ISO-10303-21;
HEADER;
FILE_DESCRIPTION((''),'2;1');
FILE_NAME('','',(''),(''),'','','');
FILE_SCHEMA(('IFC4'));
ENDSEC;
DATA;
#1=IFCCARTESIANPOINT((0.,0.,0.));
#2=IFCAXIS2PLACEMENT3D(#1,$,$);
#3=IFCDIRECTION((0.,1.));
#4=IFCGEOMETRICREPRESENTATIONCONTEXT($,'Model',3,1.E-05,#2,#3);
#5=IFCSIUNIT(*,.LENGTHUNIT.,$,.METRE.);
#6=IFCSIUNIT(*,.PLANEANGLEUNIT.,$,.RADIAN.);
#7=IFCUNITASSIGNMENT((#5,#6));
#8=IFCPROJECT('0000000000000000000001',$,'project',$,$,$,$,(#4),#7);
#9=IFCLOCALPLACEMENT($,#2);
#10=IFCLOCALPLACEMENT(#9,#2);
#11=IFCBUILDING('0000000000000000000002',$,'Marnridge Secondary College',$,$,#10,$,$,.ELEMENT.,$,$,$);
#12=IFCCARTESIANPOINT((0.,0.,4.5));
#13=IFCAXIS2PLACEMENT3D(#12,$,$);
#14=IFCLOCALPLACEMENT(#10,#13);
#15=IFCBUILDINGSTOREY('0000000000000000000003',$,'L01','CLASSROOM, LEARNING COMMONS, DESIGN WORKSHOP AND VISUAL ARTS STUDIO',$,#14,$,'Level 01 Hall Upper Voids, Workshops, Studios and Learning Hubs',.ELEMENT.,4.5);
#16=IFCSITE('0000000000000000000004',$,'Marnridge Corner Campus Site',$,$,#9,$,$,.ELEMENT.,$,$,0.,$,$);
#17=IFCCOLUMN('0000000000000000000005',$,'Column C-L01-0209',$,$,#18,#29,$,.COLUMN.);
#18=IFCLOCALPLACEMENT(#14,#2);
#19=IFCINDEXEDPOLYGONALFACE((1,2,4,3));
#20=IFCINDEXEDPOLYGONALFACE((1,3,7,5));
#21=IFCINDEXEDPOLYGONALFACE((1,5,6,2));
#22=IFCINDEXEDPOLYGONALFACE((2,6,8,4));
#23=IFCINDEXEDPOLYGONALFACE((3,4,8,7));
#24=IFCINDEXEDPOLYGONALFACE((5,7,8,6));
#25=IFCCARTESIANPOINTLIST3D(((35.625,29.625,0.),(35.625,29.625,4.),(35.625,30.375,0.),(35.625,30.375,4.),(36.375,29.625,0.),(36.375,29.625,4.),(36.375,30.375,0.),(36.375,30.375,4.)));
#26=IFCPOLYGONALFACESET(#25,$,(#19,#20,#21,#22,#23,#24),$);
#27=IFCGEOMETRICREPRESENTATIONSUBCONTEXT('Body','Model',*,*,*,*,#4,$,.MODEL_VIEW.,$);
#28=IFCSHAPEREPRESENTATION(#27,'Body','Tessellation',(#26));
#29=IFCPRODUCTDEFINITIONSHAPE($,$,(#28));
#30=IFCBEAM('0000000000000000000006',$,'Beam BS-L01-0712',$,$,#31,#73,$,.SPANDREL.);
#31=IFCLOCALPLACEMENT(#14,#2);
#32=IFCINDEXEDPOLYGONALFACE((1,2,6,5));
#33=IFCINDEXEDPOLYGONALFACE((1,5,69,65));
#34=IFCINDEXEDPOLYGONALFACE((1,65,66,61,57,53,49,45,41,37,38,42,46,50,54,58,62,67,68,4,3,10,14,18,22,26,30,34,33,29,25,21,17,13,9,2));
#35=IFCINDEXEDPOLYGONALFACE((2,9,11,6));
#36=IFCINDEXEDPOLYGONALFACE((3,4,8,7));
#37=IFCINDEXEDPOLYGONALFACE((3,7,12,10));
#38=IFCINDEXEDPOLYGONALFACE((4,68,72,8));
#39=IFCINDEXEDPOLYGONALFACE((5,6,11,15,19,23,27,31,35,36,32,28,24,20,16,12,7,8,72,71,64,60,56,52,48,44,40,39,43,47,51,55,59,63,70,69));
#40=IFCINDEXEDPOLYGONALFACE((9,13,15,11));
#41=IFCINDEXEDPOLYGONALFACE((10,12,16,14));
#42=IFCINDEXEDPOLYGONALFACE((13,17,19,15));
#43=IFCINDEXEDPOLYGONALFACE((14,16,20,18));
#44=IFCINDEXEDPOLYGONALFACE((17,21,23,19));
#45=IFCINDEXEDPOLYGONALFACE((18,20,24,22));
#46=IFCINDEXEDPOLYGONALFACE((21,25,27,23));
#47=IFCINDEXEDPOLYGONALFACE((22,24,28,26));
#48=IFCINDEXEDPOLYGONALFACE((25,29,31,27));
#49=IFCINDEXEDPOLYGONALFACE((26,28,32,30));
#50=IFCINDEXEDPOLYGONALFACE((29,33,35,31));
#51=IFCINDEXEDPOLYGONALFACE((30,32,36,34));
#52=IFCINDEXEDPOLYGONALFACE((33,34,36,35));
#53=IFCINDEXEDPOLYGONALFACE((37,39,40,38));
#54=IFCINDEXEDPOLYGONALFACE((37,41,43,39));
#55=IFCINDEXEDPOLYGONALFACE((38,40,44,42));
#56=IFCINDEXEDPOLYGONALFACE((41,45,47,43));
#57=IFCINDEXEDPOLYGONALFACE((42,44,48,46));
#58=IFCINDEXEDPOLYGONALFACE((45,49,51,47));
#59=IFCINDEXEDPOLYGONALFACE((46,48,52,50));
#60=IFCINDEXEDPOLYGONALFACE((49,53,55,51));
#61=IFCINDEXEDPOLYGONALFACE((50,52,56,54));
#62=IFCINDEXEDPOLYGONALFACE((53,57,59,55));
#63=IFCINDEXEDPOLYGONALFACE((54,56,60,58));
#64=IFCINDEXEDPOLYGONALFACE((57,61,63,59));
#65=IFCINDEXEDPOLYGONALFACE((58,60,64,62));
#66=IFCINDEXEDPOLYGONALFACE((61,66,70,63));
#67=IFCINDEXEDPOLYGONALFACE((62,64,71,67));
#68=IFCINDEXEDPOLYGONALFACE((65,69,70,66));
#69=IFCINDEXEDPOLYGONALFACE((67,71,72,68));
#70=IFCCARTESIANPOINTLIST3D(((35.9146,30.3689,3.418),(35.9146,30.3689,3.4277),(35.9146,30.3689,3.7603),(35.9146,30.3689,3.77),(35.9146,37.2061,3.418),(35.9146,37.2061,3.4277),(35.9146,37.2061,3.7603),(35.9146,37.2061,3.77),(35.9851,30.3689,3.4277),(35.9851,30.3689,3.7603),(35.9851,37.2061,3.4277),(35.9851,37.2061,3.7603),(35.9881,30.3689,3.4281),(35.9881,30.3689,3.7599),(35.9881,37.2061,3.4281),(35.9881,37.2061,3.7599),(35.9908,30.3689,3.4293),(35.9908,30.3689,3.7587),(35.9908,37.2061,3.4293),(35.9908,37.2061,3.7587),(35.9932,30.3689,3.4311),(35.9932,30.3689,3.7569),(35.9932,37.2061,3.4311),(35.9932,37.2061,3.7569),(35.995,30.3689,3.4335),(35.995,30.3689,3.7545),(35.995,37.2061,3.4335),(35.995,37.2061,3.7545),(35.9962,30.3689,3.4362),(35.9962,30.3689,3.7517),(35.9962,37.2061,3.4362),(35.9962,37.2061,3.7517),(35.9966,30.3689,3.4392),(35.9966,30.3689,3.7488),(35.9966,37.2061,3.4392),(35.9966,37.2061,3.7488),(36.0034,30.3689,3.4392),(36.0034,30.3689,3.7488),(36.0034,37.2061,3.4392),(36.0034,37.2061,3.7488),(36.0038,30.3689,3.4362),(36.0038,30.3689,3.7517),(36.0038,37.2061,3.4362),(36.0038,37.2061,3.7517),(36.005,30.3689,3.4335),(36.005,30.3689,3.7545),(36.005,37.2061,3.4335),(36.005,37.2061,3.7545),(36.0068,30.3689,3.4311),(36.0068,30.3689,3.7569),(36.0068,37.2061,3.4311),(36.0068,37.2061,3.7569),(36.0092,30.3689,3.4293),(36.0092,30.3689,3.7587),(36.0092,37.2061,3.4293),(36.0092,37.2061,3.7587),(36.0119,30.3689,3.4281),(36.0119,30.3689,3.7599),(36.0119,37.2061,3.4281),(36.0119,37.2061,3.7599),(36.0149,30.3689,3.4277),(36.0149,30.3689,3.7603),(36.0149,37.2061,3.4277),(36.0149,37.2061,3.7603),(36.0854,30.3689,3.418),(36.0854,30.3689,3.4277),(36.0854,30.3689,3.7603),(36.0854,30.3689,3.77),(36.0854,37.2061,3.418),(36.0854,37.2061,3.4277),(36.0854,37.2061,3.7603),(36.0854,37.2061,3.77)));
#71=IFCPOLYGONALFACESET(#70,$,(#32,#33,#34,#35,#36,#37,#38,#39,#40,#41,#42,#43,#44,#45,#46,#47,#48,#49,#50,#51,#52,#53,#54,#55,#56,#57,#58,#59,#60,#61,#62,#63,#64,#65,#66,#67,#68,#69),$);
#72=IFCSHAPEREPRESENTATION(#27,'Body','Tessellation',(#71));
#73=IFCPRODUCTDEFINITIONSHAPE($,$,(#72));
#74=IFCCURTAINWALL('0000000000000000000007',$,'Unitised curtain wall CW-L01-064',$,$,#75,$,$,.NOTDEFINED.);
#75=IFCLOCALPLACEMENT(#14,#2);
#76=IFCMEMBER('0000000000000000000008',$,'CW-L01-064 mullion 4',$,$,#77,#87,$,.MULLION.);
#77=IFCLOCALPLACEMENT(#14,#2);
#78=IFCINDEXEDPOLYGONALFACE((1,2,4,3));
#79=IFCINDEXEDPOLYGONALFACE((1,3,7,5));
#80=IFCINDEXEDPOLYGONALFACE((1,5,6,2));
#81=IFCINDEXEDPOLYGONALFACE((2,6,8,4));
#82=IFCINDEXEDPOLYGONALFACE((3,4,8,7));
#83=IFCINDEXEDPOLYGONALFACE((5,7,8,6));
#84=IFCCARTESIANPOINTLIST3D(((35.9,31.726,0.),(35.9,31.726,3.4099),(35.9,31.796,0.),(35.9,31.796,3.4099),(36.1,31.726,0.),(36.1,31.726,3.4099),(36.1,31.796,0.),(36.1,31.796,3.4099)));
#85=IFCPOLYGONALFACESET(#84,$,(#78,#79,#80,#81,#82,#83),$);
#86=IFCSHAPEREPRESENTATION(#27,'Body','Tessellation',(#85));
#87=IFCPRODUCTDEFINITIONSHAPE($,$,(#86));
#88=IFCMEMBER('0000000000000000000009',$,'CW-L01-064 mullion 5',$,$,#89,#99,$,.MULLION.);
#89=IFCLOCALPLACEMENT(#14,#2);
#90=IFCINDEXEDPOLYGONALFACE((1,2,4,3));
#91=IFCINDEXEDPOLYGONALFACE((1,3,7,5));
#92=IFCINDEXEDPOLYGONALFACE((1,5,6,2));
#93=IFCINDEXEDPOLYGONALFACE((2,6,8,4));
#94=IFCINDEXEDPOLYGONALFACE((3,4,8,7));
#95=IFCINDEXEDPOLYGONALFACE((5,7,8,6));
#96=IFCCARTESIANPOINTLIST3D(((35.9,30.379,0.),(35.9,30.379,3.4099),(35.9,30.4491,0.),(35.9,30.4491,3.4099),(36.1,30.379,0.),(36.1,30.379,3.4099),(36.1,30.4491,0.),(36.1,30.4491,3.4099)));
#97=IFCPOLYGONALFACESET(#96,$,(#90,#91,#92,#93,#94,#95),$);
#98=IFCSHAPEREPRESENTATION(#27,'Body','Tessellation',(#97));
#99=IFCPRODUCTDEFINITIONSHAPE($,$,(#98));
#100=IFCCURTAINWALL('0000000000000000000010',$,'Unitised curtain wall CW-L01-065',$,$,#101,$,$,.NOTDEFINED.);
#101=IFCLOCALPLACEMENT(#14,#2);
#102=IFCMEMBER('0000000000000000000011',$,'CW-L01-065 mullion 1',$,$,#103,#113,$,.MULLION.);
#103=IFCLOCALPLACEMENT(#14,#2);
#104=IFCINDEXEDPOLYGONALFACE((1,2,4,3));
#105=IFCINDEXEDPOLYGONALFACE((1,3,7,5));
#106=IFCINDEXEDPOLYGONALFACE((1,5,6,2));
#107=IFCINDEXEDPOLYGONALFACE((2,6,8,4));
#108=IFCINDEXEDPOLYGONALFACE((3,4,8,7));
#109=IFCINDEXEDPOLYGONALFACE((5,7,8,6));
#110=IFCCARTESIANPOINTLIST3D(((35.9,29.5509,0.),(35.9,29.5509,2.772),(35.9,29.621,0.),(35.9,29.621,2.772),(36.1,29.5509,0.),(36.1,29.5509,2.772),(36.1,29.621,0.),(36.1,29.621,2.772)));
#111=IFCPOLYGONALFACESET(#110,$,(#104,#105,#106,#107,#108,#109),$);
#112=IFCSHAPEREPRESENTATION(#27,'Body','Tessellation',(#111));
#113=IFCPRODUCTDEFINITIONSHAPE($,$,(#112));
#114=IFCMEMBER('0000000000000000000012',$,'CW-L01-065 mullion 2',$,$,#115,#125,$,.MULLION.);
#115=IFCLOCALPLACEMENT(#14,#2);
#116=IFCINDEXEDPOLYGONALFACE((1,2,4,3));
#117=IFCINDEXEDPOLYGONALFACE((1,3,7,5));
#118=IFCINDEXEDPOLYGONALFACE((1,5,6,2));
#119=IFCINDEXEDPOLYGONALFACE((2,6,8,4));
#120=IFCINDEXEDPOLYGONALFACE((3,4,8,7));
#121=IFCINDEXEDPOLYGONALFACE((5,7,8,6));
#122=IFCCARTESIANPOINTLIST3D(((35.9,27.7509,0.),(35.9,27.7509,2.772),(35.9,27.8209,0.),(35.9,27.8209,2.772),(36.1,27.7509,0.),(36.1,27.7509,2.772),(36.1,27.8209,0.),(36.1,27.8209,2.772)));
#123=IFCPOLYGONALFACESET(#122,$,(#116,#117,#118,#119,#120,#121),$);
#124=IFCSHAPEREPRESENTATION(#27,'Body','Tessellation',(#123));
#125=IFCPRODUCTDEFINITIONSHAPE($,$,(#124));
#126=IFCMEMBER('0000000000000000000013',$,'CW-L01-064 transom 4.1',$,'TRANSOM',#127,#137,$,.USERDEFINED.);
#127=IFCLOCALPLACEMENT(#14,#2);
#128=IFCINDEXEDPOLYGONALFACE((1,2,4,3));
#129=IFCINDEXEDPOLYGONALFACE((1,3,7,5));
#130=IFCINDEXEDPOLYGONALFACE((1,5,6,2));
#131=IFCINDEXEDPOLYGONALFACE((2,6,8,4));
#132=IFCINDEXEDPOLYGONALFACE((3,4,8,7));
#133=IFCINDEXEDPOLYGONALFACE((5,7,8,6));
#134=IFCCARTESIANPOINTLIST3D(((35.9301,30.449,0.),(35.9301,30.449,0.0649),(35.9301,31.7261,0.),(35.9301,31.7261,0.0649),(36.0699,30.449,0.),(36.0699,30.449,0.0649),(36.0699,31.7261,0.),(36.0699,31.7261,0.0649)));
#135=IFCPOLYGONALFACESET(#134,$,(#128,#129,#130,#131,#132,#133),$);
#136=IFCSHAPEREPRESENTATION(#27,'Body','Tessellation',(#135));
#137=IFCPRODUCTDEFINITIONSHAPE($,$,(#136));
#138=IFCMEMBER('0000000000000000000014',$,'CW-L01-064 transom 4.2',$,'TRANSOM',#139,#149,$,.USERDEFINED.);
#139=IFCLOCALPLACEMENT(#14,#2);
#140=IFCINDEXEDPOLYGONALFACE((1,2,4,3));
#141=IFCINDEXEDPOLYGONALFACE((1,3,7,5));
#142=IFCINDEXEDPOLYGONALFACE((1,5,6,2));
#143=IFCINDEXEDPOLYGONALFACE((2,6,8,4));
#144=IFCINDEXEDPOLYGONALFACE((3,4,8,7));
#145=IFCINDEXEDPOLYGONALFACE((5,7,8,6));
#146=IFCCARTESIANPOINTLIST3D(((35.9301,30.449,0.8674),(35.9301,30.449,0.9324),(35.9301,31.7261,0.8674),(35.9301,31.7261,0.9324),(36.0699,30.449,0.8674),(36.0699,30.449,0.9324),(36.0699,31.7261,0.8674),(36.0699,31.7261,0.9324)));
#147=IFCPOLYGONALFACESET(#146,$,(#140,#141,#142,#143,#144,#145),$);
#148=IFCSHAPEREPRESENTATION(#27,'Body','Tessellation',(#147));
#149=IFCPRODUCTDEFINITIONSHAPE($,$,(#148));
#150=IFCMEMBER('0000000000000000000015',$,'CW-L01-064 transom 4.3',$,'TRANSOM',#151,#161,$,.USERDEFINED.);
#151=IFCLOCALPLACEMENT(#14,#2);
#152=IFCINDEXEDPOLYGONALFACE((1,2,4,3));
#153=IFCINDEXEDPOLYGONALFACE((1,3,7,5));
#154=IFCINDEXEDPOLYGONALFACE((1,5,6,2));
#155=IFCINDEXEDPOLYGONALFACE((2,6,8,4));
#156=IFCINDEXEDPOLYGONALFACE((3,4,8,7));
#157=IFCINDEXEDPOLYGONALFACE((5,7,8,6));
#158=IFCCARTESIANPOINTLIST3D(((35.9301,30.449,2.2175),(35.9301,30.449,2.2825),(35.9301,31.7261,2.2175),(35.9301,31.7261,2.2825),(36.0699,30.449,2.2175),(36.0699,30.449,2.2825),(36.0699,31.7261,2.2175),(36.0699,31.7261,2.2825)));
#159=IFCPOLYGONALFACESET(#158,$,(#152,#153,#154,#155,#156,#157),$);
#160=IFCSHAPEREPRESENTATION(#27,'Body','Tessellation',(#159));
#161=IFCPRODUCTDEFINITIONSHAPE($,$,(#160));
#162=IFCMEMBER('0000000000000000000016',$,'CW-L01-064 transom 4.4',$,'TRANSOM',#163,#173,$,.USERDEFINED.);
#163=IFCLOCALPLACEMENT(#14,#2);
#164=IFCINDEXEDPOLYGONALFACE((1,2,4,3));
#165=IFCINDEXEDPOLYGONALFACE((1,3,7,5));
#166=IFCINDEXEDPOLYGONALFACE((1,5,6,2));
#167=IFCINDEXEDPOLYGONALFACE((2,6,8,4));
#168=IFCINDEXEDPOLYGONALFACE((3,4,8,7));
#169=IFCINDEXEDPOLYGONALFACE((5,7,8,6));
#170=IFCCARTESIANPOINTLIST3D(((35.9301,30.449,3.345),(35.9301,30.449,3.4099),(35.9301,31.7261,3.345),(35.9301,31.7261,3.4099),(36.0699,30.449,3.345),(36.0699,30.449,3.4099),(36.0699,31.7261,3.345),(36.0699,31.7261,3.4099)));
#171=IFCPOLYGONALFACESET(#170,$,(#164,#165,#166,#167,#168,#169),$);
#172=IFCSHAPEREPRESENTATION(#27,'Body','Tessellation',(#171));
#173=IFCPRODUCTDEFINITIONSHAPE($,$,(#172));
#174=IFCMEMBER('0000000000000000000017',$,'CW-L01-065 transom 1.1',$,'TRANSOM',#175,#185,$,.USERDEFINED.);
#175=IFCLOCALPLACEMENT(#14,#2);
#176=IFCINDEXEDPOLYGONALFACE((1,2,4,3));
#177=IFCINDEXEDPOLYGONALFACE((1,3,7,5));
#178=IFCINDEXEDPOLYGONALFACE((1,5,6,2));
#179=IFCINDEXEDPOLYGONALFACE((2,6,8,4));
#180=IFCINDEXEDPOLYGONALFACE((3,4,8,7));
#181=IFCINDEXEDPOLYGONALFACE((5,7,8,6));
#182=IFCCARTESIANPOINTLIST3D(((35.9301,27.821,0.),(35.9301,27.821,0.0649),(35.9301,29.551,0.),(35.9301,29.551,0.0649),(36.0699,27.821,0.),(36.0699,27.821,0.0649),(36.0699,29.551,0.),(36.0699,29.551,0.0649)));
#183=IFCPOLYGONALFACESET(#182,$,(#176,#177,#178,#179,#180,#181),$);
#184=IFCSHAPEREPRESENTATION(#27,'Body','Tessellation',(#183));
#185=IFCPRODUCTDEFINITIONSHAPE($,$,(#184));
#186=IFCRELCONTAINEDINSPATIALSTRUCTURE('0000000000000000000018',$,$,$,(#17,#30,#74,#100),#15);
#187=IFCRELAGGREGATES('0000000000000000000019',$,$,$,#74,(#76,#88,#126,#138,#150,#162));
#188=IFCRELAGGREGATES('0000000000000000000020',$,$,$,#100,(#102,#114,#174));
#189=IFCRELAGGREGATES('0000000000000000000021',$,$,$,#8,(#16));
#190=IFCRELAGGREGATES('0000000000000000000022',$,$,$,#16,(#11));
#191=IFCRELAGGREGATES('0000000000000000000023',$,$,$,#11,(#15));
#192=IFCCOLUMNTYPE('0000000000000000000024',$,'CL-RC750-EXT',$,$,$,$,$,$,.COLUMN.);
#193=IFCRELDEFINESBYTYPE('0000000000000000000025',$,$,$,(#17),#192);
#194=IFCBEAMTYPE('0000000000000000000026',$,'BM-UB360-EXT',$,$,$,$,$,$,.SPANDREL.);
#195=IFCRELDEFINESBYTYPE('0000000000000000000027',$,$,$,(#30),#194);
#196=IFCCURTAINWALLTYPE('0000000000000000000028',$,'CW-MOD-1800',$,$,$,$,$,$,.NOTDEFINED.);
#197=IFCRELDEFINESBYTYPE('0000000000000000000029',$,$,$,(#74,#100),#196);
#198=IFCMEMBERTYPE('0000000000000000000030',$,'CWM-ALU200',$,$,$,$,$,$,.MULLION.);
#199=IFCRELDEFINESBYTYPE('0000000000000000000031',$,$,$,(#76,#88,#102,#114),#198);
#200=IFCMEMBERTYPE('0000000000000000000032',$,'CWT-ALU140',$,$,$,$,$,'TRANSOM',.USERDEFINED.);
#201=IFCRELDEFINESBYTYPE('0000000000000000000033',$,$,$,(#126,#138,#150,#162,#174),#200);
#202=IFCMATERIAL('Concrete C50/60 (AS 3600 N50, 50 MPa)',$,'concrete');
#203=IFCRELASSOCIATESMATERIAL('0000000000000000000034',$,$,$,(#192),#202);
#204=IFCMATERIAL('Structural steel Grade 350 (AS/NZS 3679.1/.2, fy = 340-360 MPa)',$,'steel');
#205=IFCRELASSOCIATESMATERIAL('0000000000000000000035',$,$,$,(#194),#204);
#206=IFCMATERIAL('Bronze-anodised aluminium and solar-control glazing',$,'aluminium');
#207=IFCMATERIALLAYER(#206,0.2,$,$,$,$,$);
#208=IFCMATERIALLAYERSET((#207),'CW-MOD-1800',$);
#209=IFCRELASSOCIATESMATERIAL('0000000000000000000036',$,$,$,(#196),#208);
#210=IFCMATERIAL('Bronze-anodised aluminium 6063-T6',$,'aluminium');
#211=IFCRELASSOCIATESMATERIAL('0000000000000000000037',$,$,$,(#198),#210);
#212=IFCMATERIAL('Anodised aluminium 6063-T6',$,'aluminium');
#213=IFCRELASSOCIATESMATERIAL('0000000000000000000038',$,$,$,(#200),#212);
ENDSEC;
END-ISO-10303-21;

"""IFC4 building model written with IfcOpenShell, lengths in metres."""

from ifc_helpers import new_model, si_unit, direction, frame, origin, origin_2d, place, context, subcontext, project, spatial, rectangle, i_section, extrude, material, layer, layer_set, material_profile, profile_set, type_object, element, aggregate, save


model = new_model("IFC4")

# Units and contexts
model_context = context("Model", 3, precision=1e-05, world=origin(), true_north=direction((0.0, 1.0)))
body_context = subcontext(model_context, "Body", "Model", "MODEL_VIEW")
ifc_project = project(units=[si_unit("LENGTHUNIT", "METRE"), si_unit("PLANEANGLEUNIT", "RADIAN")], contexts=[model_context])

# Site, building, storey
site_placement = place(None, origin())
site = spatial("IfcSite", under=ifc_project, at=site_placement, Name="Marnridge Corner Campus Site", CompositionType="ELEMENT", RefElevation=0.0)
building_placement = place(site_placement, origin())
building = spatial("IfcBuilding", under=site, at=building_placement, Name="Marnridge Secondary College", CompositionType="ELEMENT")
storey_placement = place(building_placement, frame((0.0, 0.0, 4.5)))
storey = spatial("IfcBuildingStorey", under=building, at=storey_placement, Name="L01", Description="CLASSROOM, LEARNING COMMONS, DESIGN WORKSHOP AND VISUAL ARTS STUDIO", LongName="Level 01 Hall Upper Voids, Workshops, Studios and Learning Hubs", CompositionType="ELEMENT", Elevation=4.5)

# Column
ifc_material_1 = material(Name="Concrete C50/60 (AS 3600 N50, 50 MPa)", Category="concrete")
ifc_material_profile_1 = material_profile(ifc_material_1, rectangle(XDim=0.75, YDim=0.75, at=origin_2d()), Name="RC 750x750")
ifc_profile_set_1 = profile_set([ifc_material_profile_1], Name="Concrete C50/60 (AS 3600 N50, 50 MPa)")
column_type = type_object("IfcColumnType", Name="CL-RC750-EXT", PredefinedType="COLUMN", material=ifc_profile_set_1)
column_placement = place(storey_placement, frame((36.0, 30.0, 0.0), z_axis=(0.0, 0.0, 1.0), x_axis=(1.0, 0.0, 0.0)))
element("IfcColumn", 1, at=column_placement, inside=storey, type_object=column_type, Name="Column C-L01-0209", PredefinedType="COLUMN", context=body_context, shape_type="SweptSolid", body=[
    extrude(rectangle(XDim=0.75, YDim=0.75, at=origin_2d()), origin(), (0.0, 0.0, 1.0), 4.0),
])

# Beam
ifc_material_2 = material(Name="Structural steel Grade 350 (AS/NZS 3679.1/.2, fy = 340-360 MPa)", Category="steel")
ifc_material_profile_2 = material_profile(ifc_material_2, i_section(OverallWidth=0.1709, OverallDepth=0.3521, WebThickness=0.0068, FlangeThickness=0.0098, FilletRadius=0.0115, at=origin_2d()), Name="360UB44.7")
ifc_profile_set_2 = profile_set([ifc_material_profile_2], Name="Structural steel Grade 350 (AS/NZS 3679.1/.2, fy = 340-360 MPa)")
beam_type = type_object("IfcBeamType", Name="BM-UB360-EXT", PredefinedType="SPANDREL", material=ifc_profile_set_2)
beam_placement = place(storey_placement, frame((36.0, 30.3689, 3.594), z_axis=(0.0, 1.0, 0.0), x_axis=(-1.0, 0.0, 0.0)))
element("IfcBeam", 2, at=beam_placement, inside=storey, type_object=beam_type, Name="Beam BS-L01-0712", PredefinedType="SPANDREL", context=body_context, shape_type="SweptSolid", body=[
    extrude(i_section(OverallWidth=0.1709, OverallDepth=0.3521, WebThickness=0.0068, FlangeThickness=0.0098, FilletRadius=0.0115, at=origin_2d()), origin(), (0.0, 0.0, 1.0), 6.8372),
])

# Curtain walls, members
ifc_material_3 = material(Name="Bronze-anodised aluminium and solar-control glazing", Category="aluminium")
ifc_layer_1 = layer(ifc_material_3, 0.2)
ifc_layer_set_1 = layer_set([ifc_layer_1], Name="CW-MOD-1800")
curtain_wall_type = type_object("IfcCurtainWallType", Name="CW-MOD-1800", PredefinedType="NOTDEFINED", material=ifc_layer_set_1)
curtain_wall_1_placement = place(storey_placement, origin())
curtain_wall_1 = element("IfcCurtainWall", 3, at=curtain_wall_1_placement, inside=storey, type_object=curtain_wall_type, Name="Unitised curtain wall CW-L01-064", PredefinedType="NOTDEFINED")
ifc_material_4 = material(Name="Bronze-anodised aluminium 6063-T6", Category="aluminium")
ifc_material_profile_3 = material_profile(ifc_material_4, rectangle(XDim=0.0701, YDim=0.2, at=origin_2d()), Name="ALU 70x200")
ifc_profile_set_3 = profile_set([ifc_material_profile_3], Name="Bronze-anodised aluminium 6063-T6")
member_type_1 = type_object("IfcMemberType", Name="CWM-ALU200", PredefinedType="MULLION", material=ifc_profile_set_3)
member_1_placement = place(storey_placement, frame((36.0, 31.761, 0.0), z_axis=(0.0, 0.0, 1.0), x_axis=(0.0, -1.0, 0.0)))
member_1 = element("IfcMember", 4, at=member_1_placement, type_object=member_type_1, Name="CW-L01-064 mullion 4", PredefinedType="MULLION", context=body_context, shape_type="SweptSolid", body=[
    extrude(rectangle(XDim=0.0701, YDim=0.2, at=origin_2d()), origin(), (0.0, 0.0, 1.0), 3.4099),
])
member_2_placement = place(storey_placement, frame((36.0, 30.4141, 0.0), z_axis=(0.0, 0.0, 1.0), x_axis=(0.0, -1.0, 0.0)))
member_2 = element("IfcMember", 5, at=member_2_placement, type_object=member_type_1, Name="CW-L01-064 mullion 5", PredefinedType="MULLION", context=body_context, shape_type="SweptSolid", body=[
    extrude(rectangle(XDim=0.0701, YDim=0.2, at=origin_2d()), origin(), (0.0, 0.0, 1.0), 3.4099),
])
curtain_wall_2_placement = place(storey_placement, origin())
curtain_wall_2 = element("IfcCurtainWall", 6, at=curtain_wall_2_placement, inside=storey, type_object=curtain_wall_type, Name="Unitised curtain wall CW-L01-065", PredefinedType="NOTDEFINED")
member_3_placement = place(storey_placement, frame((36.0, 29.5859, 0.0), z_axis=(0.0, 0.0, 1.0), x_axis=(0.0, -1.0, 0.0)))
member_3 = element("IfcMember", 7, at=member_3_placement, type_object=member_type_1, Name="CW-L01-065 mullion 1", PredefinedType="MULLION", context=body_context, shape_type="SweptSolid", body=[
    extrude(rectangle(XDim=0.0701, YDim=0.2, at=origin_2d()), origin(), (0.0, 0.0, 1.0), 2.772),
])
member_4_placement = place(storey_placement, frame((36.0, 27.7859, 0.0), z_axis=(0.0, 0.0, 1.0), x_axis=(0.0, -1.0, 0.0)))
member_4 = element("IfcMember", 8, at=member_4_placement, type_object=member_type_1, Name="CW-L01-065 mullion 2", PredefinedType="MULLION", context=body_context, shape_type="SweptSolid", body=[
    extrude(rectangle(XDim=0.0701, YDim=0.2, at=origin_2d()), origin(), (0.0, 0.0, 1.0), 2.772),
])

# Members
ifc_material_5 = material(Name="Anodised aluminium 6063-T6", Category="aluminium")
ifc_material_profile_4 = material_profile(ifc_material_5, rectangle(XDim=0.0649, YDim=0.1399, at=origin_2d()), Name="ALU 65x140")
ifc_profile_set_4 = profile_set([ifc_material_profile_4], Name="Anodised aluminium 6063-T6")
member_type_2 = type_object("IfcMemberType", Name="CWT-ALU140", ElementType="TRANSOM", PredefinedType="USERDEFINED", material=ifc_profile_set_4)
member_5_placement = place(storey_placement, frame((36.0, 31.7261, 0.0325), z_axis=(0.0, -1.0, 0.0), x_axis=(0.0, 0.0, 1.0)))
member_5 = element("IfcMember", 9, at=member_5_placement, type_object=member_type_2, Name="CW-L01-064 transom 4.1", ObjectType="TRANSOM", PredefinedType="USERDEFINED", context=body_context, shape_type="SweptSolid", body=[
    extrude(rectangle(XDim=0.0649, YDim=0.1399, at=origin_2d()), origin(), (0.0, 0.0, 1.0), 1.2771),
])
member_6_placement = place(storey_placement, frame((36.0, 31.7261, 0.8999), z_axis=(0.0, -1.0, 0.0), x_axis=(0.0, 0.0, 1.0)))
member_6 = element("IfcMember", 10, at=member_6_placement, type_object=member_type_2, Name="CW-L01-064 transom 4.2", ObjectType="TRANSOM", PredefinedType="USERDEFINED", context=body_context, shape_type="SweptSolid", body=[
    extrude(rectangle(XDim=0.0649, YDim=0.1399, at=origin_2d()), origin(), (0.0, 0.0, 1.0), 1.2771),
])
member_7_placement = place(storey_placement, frame((36.0, 31.7261, 2.25), z_axis=(0.0, -1.0, 0.0), x_axis=(0.0, 0.0, 1.0)))
member_7 = element("IfcMember", 11, at=member_7_placement, type_object=member_type_2, Name="CW-L01-064 transom 4.3", ObjectType="TRANSOM", PredefinedType="USERDEFINED", context=body_context, shape_type="SweptSolid", body=[
    extrude(rectangle(XDim=0.0649, YDim=0.1399, at=origin_2d()), origin(), (0.0, 0.0, 1.0), 1.2771),
])
member_8_placement = place(storey_placement, frame((36.0, 31.7261, 3.3774), z_axis=(0.0, -1.0, 0.0), x_axis=(0.0, 0.0, 1.0)))
member_8 = element("IfcMember", 12, at=member_8_placement, type_object=member_type_2, Name="CW-L01-064 transom 4.4", ObjectType="TRANSOM", PredefinedType="USERDEFINED", context=body_context, shape_type="SweptSolid", body=[
    extrude(rectangle(XDim=0.0649, YDim=0.1399, at=origin_2d()), origin(), (0.0, 0.0, 1.0), 1.2771),
])
member_9_placement = place(storey_placement, frame((36.0, 29.551, 0.0325), z_axis=(0.0, -1.0, 0.0), x_axis=(0.0, 0.0, 1.0)))
member_9 = element("IfcMember", 13, at=member_9_placement, type_object=member_type_2, Name="CW-L01-065 transom 1.1", ObjectType="TRANSOM", PredefinedType="USERDEFINED", context=body_context, shape_type="SweptSolid", body=[
    extrude(rectangle(XDim=0.0649, YDim=0.1399, at=origin_2d()), origin(), (0.0, 0.0, 1.0), 1.73),
])

aggregate(curtain_wall_1, [member_1, member_2, member_5, member_6, member_7, member_8])
aggregate(curtain_wall_2, [member_3, member_4, member_9])

save(model, "model.ifc")
